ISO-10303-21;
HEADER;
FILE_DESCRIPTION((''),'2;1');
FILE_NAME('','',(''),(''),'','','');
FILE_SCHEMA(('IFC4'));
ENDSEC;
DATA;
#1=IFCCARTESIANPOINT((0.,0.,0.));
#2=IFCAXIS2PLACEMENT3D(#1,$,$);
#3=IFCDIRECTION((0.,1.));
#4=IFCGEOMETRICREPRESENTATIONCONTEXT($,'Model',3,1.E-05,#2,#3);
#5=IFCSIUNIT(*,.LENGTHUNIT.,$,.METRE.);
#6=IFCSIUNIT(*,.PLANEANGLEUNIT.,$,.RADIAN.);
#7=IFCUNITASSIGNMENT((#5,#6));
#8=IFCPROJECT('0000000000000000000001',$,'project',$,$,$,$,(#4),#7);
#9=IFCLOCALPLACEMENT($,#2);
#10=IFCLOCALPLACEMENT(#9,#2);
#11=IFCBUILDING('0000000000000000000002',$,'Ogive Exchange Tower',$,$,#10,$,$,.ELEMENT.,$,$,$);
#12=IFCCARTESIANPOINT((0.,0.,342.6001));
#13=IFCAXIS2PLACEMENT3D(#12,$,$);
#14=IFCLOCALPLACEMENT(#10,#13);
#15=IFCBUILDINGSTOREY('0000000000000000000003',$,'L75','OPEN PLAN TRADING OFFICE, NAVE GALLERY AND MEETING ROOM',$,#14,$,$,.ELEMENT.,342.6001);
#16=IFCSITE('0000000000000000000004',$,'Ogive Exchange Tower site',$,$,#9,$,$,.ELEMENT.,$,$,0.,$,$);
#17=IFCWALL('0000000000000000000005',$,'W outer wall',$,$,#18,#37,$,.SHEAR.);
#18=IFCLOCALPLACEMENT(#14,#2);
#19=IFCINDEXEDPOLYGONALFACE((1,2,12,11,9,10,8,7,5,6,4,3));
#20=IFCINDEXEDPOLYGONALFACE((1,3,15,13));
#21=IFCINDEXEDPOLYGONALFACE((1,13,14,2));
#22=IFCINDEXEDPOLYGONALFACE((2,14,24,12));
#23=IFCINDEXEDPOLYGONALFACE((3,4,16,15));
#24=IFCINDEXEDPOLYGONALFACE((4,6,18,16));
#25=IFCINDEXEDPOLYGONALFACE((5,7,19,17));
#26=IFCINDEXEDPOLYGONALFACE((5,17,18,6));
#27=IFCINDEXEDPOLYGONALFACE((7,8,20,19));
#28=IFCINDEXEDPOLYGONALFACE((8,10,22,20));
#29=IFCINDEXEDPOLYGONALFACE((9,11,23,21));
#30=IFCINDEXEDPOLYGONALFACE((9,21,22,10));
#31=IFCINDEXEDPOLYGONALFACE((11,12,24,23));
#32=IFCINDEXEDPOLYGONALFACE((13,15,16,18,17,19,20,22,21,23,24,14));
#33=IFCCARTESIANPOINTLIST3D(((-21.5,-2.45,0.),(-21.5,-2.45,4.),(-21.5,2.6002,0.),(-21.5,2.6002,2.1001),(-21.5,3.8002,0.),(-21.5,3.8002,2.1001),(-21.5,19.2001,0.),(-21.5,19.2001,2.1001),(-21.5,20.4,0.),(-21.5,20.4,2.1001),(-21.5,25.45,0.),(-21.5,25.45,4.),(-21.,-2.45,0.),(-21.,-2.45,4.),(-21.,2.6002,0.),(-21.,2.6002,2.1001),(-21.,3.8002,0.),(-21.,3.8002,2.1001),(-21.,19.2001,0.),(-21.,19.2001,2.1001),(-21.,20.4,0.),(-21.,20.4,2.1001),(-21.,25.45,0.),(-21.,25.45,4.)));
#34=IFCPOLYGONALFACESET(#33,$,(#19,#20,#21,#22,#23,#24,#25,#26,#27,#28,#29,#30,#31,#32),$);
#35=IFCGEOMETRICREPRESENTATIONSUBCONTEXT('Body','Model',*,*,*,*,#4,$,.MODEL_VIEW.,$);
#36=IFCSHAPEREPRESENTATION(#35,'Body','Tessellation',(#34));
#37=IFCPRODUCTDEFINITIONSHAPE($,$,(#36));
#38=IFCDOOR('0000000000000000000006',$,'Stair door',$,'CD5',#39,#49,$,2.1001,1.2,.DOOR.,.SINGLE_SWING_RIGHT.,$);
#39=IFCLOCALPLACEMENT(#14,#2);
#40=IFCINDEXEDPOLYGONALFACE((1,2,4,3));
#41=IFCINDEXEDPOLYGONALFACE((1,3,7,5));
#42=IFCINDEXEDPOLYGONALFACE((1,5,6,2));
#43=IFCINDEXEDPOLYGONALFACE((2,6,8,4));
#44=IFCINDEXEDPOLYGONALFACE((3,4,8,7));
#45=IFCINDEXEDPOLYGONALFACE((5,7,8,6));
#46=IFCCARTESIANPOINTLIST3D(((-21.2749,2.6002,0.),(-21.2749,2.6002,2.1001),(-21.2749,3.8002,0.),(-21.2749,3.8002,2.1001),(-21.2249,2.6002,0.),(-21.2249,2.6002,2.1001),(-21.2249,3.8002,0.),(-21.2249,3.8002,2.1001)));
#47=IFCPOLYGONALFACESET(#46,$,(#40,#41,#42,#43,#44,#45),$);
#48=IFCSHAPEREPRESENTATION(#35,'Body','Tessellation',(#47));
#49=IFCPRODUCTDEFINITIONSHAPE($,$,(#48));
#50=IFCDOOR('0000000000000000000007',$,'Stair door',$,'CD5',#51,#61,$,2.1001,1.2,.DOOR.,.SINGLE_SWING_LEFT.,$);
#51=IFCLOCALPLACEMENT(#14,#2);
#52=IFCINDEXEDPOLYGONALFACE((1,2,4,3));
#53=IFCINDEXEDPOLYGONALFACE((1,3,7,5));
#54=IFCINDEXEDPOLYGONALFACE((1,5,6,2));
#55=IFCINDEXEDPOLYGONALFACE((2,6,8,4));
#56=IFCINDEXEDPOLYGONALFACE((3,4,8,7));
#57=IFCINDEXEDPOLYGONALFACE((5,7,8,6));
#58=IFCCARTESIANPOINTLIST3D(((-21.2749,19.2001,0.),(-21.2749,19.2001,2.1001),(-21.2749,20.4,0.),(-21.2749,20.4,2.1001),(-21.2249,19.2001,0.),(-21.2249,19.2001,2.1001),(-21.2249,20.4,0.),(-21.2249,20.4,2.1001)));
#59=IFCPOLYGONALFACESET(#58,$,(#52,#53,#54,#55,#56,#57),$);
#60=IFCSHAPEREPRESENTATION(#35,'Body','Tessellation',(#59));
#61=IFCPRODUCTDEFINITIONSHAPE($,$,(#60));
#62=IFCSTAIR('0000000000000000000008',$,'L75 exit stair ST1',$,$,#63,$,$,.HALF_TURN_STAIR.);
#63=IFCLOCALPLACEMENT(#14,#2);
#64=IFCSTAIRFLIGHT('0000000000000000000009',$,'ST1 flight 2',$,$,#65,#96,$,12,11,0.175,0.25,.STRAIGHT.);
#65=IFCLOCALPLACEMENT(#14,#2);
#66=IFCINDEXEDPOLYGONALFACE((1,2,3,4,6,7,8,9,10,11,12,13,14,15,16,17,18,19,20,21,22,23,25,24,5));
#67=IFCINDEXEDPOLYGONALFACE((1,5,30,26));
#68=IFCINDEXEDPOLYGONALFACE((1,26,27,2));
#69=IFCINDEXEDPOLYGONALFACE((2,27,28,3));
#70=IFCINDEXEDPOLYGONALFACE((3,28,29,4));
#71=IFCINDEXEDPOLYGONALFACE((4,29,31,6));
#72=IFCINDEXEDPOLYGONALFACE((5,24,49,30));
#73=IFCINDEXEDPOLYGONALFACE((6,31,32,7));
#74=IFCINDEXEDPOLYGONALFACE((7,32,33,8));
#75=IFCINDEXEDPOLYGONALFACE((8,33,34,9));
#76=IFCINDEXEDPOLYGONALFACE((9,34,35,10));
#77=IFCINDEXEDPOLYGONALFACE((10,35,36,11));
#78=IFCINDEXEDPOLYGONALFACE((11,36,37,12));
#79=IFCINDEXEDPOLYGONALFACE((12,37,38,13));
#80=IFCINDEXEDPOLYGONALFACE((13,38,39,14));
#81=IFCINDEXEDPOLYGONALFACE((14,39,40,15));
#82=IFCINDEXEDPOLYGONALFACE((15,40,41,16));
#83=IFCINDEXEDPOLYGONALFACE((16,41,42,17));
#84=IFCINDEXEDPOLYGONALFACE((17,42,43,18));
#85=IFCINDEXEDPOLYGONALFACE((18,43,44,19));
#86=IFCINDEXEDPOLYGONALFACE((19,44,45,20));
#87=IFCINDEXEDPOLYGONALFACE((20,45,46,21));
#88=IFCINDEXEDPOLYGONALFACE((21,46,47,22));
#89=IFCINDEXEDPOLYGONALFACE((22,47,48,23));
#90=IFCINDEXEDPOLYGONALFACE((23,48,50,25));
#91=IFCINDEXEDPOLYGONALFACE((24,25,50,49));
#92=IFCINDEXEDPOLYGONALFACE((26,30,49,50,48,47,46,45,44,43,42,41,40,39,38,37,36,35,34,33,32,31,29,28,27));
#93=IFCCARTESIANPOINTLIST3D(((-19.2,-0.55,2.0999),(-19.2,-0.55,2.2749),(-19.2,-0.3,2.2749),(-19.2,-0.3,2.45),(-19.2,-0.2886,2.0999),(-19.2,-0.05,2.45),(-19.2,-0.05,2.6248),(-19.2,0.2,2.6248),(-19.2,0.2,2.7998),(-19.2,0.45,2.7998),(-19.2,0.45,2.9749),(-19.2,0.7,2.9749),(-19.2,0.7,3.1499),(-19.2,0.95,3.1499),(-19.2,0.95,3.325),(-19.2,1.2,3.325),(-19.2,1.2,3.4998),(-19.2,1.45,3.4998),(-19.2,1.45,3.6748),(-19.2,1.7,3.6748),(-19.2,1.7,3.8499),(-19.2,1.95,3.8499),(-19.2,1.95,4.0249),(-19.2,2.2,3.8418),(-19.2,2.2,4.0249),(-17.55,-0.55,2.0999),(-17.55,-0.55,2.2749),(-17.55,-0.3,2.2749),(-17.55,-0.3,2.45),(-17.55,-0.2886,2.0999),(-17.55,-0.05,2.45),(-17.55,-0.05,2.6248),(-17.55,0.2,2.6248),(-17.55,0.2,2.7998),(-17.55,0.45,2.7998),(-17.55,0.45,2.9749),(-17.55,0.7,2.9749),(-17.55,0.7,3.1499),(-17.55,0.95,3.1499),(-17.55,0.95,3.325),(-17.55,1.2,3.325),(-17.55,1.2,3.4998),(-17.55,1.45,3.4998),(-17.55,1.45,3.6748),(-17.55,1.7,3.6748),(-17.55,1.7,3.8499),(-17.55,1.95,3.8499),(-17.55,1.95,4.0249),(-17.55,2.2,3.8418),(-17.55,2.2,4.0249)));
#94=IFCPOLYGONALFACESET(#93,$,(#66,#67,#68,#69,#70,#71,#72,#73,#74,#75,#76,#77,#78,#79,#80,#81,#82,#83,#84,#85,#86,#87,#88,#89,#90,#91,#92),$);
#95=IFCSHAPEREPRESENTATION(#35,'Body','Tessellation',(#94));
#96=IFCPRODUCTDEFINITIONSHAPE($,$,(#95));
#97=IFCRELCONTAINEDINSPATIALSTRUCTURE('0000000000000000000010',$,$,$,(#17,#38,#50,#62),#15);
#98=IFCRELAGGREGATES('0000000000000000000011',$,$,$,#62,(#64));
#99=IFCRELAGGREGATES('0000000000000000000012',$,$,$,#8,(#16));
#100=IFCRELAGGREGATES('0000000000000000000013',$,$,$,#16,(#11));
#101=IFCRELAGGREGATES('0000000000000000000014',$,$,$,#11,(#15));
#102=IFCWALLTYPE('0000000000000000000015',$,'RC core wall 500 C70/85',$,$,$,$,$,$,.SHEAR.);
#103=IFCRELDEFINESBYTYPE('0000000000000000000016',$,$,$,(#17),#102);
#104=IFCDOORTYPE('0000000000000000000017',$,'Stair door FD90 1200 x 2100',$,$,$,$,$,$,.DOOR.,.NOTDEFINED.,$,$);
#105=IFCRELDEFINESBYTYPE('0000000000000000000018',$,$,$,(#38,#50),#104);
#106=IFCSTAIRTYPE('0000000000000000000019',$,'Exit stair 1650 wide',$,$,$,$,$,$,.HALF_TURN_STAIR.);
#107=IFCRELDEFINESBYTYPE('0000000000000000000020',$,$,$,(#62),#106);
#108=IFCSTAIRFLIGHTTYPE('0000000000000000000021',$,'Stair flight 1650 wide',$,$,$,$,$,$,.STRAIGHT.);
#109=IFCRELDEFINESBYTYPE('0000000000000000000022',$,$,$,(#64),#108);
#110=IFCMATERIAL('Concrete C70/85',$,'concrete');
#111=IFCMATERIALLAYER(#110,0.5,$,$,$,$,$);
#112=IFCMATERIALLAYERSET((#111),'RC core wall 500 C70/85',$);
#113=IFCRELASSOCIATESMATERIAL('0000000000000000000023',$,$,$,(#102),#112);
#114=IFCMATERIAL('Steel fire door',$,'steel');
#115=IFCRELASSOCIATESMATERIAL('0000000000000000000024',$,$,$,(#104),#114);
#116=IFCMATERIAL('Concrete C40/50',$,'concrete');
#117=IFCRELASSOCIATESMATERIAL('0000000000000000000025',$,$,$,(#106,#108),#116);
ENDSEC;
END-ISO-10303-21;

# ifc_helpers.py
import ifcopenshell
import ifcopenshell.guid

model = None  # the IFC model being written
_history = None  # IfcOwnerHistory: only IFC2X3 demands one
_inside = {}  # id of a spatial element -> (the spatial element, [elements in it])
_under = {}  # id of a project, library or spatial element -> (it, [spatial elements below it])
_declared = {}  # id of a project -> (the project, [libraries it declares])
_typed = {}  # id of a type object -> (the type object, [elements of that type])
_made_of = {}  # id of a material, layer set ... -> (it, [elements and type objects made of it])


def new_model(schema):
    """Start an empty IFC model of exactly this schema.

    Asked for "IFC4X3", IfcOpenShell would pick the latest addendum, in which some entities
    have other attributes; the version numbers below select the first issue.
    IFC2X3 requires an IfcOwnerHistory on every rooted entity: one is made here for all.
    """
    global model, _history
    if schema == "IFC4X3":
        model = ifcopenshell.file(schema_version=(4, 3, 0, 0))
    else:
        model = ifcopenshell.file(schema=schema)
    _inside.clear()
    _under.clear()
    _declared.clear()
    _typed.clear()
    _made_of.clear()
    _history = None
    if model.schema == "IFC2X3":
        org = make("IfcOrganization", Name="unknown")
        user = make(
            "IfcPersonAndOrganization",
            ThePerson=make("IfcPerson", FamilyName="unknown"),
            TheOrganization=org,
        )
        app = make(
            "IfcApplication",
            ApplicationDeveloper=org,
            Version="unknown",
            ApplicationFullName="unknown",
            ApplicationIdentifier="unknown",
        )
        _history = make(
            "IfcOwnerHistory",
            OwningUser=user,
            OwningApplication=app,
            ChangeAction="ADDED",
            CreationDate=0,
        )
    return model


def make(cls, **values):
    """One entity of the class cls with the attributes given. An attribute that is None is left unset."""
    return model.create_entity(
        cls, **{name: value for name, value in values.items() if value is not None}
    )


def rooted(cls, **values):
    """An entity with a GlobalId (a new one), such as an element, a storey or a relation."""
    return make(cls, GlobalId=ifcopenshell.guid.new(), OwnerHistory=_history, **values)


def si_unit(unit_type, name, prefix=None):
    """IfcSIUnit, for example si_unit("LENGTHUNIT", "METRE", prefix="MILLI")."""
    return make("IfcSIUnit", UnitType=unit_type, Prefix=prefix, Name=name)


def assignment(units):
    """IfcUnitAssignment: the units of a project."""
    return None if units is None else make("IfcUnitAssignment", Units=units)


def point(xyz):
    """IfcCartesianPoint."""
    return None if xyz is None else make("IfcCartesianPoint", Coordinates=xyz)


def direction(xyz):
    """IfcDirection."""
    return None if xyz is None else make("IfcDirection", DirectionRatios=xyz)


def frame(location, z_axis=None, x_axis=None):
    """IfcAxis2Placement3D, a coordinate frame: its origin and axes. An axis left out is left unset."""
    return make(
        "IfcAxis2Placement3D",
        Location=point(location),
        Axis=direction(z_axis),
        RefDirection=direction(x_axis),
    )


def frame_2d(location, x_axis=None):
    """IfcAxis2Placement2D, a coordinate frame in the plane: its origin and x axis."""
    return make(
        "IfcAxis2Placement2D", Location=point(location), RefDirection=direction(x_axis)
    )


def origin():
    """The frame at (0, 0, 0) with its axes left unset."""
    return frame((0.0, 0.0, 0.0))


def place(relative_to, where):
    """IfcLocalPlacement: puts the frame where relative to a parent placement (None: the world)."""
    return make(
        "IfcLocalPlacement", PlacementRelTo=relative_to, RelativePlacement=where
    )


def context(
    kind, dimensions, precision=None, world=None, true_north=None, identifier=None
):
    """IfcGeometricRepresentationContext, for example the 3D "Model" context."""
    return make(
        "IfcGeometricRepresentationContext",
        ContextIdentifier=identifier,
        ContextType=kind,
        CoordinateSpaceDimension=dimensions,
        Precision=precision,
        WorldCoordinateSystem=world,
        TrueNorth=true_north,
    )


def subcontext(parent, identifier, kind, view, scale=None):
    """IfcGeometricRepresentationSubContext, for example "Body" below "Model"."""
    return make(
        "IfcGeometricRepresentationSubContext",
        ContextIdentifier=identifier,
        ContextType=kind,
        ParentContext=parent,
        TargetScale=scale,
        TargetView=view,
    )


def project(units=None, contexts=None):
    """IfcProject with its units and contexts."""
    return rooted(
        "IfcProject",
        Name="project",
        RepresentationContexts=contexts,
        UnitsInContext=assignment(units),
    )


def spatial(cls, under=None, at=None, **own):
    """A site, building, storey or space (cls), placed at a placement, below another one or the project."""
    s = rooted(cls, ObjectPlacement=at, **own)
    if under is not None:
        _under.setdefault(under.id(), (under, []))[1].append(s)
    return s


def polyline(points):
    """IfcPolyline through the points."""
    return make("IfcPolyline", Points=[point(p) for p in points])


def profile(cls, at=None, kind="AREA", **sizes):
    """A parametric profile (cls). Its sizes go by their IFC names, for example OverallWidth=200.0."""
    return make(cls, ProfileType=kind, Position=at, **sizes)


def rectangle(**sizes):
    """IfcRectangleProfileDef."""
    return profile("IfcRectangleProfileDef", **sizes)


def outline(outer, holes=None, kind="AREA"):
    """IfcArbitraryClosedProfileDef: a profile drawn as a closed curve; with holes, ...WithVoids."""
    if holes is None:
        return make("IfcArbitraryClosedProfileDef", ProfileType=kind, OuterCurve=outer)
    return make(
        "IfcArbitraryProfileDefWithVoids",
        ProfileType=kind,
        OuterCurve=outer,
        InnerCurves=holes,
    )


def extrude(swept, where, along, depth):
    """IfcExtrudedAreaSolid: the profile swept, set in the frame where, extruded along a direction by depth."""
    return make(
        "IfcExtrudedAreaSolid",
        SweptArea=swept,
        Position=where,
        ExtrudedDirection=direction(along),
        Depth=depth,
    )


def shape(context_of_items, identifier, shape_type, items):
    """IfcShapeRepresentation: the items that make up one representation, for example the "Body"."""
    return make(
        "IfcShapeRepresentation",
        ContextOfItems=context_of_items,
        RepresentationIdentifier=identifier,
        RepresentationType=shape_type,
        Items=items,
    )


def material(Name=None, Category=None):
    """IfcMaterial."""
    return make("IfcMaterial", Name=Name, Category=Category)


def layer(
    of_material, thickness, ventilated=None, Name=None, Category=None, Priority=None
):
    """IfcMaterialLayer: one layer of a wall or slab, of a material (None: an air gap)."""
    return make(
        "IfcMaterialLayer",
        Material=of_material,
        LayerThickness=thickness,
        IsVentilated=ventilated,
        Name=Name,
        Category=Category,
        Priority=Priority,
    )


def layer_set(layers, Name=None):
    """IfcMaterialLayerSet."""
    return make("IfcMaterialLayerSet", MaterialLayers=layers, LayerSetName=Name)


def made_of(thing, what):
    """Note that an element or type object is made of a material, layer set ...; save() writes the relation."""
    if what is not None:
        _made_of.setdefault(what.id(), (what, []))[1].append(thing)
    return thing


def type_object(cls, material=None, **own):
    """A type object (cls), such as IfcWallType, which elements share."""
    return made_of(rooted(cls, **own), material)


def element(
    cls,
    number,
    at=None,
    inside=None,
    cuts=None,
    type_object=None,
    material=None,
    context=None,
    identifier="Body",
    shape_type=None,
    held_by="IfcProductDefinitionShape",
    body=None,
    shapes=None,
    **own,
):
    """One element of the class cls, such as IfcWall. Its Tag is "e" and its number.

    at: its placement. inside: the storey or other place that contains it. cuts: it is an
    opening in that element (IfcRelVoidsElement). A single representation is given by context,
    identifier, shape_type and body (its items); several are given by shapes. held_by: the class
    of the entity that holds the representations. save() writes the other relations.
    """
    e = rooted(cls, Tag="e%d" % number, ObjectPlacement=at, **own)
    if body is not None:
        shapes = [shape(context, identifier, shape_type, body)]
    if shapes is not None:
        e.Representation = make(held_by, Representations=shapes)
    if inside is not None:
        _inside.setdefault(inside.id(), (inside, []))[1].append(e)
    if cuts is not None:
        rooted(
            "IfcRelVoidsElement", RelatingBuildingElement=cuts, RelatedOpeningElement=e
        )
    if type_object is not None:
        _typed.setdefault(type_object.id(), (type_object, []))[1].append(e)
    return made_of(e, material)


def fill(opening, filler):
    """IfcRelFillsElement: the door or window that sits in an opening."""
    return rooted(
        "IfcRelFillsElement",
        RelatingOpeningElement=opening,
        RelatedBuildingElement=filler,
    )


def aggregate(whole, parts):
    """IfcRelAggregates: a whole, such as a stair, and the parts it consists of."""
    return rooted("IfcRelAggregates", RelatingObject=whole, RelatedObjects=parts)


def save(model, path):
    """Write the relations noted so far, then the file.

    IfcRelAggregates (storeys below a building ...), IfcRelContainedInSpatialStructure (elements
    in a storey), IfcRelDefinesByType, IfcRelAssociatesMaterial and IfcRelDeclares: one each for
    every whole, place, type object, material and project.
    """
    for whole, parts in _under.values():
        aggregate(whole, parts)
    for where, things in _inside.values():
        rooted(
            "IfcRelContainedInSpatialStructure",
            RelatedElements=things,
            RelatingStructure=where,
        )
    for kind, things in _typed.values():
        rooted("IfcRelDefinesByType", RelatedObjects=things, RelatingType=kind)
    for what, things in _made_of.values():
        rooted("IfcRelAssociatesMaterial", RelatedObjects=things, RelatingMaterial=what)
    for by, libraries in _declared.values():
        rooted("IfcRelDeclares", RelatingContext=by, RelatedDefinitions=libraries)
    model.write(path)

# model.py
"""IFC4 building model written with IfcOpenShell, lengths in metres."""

from ifc_helpers import new_model, si_unit, direction, frame, frame_2d, origin, place, context, subcontext, project, spatial, polyline, rectangle, outline, extrude, material, layer, layer_set, type_object, element, fill, aggregate, save


model = new_model("IFC4")

# Units and contexts
model_context = context("Model", 3, precision=1e-05, world=origin(), true_north=direction((0.0, 1.0)))
body_context = subcontext(model_context, "Body", "Model", "MODEL_VIEW")
ifc_project = project(units=[si_unit("LENGTHUNIT", "METRE"), si_unit("PLANEANGLEUNIT", "RADIAN")], contexts=[model_context])

# Site, building, storey
site_placement = place(None, origin())
site = spatial("IfcSite", under=ifc_project, at=site_placement, Name="Ogive Exchange Tower site", CompositionType="ELEMENT", RefElevation=0.0)
building_placement = place(site_placement, origin())
building = spatial("IfcBuilding", under=site, at=building_placement, Name="Ogive Exchange Tower", CompositionType="ELEMENT")
storey_placement = place(building_placement, frame((0.0, 0.0, 342.6001)))
storey = spatial("IfcBuildingStorey", under=building, at=storey_placement, Name="L75", Description="OPEN PLAN TRADING OFFICE, NAVE GALLERY AND MEETING ROOM", CompositionType="ELEMENT", Elevation=342.6001)

# Shared definitions
ifc_material_1 = material(Name="Concrete C70/85", Category="concrete")

# Wall, openings, doors
ifc_layer_1 = layer(ifc_material_1, 0.5)
ifc_layer_set_1 = layer_set([ifc_layer_1], Name="RC core wall 500 C70/85")
wall_type_1 = type_object("IfcWallType", Name="RC core wall 500 C70/85", PredefinedType="SHEAR", material=ifc_layer_set_1)
wall_1_placement = place(storey_placement, frame((-21.25, -2.45, 0.0), z_axis=(0.0, 0.0, 1.0), x_axis=(0.0, 1.0, 0.0)))
wall_1 = element("IfcWall", 1, at=wall_1_placement, inside=storey, type_object=wall_type_1, Name="W outer wall", PredefinedType="SHEAR", context=body_context, shape_type="SweptSolid", body=[
    extrude(rectangle(XDim=27.8999, YDim=0.5, at=frame_2d((13.95, 0.0))), origin(), (0.0, 0.0, 1.0), 4.0),
])
opening_1_placement = place(wall_1_placement, frame((5.05, 0.0, 0.0)))
opening_1 = element("IfcOpeningElement", 2, at=opening_1_placement, cuts=wall_1, PredefinedType="OPENING", context=body_context, shape_type="SweptSolid", body=[
    extrude(rectangle(XDim=1.2, YDim=2.1001, at=frame_2d((0.6001, 1.05))), frame((0.0, 0.26, 0.0), z_axis=(0.0, -1.0, 0.0), x_axis=(1.0, 0.0, 0.0)), (0.0, 0.0, 1.0), 0.52),
])
opening_2_placement = place(wall_1_placement, frame((21.6499, 0.0, 0.0)))
opening_2 = element("IfcOpeningElement", 3, at=opening_2_placement, cuts=wall_1, PredefinedType="OPENING", context=body_context, shape_type="SweptSolid", body=[
    extrude(rectangle(XDim=1.2, YDim=2.1001, at=frame_2d((0.6001, 1.05))), frame((0.0, 0.26, 0.0), z_axis=(0.0, -1.0, 0.0), x_axis=(1.0, 0.0, 0.0)), (0.0, 0.0, 1.0), 0.52),
])
ifc_material_2 = material(Name="Steel fire door", Category="steel")
door_type_1 = type_object("IfcDoorType", Name="Stair door FD90 1200 x 2100", OperationType="NOTDEFINED", PredefinedType="DOOR", material=ifc_material_2)
door_1_placement = place(opening_1_placement, origin())
door_1 = element("IfcDoor", 4, at=door_1_placement, inside=storey, type_object=door_type_1, Name="Stair door", ObjectType="CD5", OperationType="SINGLE_SWING_RIGHT", OverallHeight=2.1001, OverallWidth=1.2, PredefinedType="DOOR", context=body_context, shape_type="SweptSolid", body=[
    extrude(rectangle(XDim=1.2, YDim=2.1001, at=frame_2d((0.6001, 1.05))), frame((0.0, 0.0249, 0.0), z_axis=(0.0, -1.0, 0.0), x_axis=(1.0, 0.0, 0.0)), (0.0, 0.0, 1.0), 0.05),
])
fill(opening_1, door_1)
door_2_placement = place(opening_2_placement, origin())
door_2 = element("IfcDoor", 5, at=door_2_placement, inside=storey, type_object=door_type_1, Name="Stair door", ObjectType="CD5", OperationType="SINGLE_SWING_LEFT", OverallHeight=2.1001, OverallWidth=1.2, PredefinedType="DOOR", context=body_context, shape_type="SweptSolid", body=[
    extrude(rectangle(XDim=1.2, YDim=2.1001, at=frame_2d((0.6001, 1.05))), frame((0.0, 0.0249, 0.0), z_axis=(0.0, -1.0, 0.0), x_axis=(1.0, 0.0, 0.0)), (0.0, 0.0, 1.0), 0.05),
])
fill(opening_2, door_2)

# Stair, stair flight
ifc_material_3 = material(Name="Concrete C40/50", Category="concrete")
stair_type = type_object("IfcStairType", Name="Exit stair 1650 wide", PredefinedType="HALF_TURN_STAIR", material=ifc_material_3)
stair_placement = place(storey_placement, origin())
stair = element("IfcStair", 6, at=stair_placement, inside=storey, type_object=stair_type, Name="L75 exit stair ST1", PredefinedType="HALF_TURN_STAIR")
stair_flight_type = type_object("IfcStairFlightType", Name="Stair flight 1650 wide", PredefinedType="STRAIGHT", material=ifc_material_3)
stair_flight_placement = place(storey_placement, frame((-18.375, -0.55, 2.0999), z_axis=(0.0, 0.0, 1.0), x_axis=(0.0, 1.0, 0.0)))
stair_flight = element("IfcStairFlight", 7, at=stair_flight_placement, type_object=stair_flight_type, Name="ST1 flight 2", NumberOfRisers=12, NumberOfTreads=11, PredefinedType="STRAIGHT", RiserHeight=0.175, TreadLength=0.25, context=body_context, shape_type="SweptSolid", body=[
    extrude(outline(polyline([(0.0, 0.0), (0.0, 0.175), (0.25, 0.175), (0.25, 0.3501), (0.5, 0.3501), (0.5, 0.5249), (0.75, 0.5249), (0.75, 0.7), (1.0, 0.7), (1.0, 0.875), (1.25, 0.875), (1.25, 1.05), (1.5, 1.05), (1.5, 1.2251), (1.75, 1.2251), (1.75, 1.3999), (2.0, 1.3999), (2.0, 1.575), (2.25, 1.575), (2.25, 1.75), (2.5, 1.75), (2.5, 1.925), (2.75, 1.925), (2.75, 2.1001), (2.75, 1.7419), (0.2615, 0.0), (0.0, 0.0)])), frame((0.0, 0.825, 0.0), z_axis=(0.0, -1.0, 0.0), x_axis=(1.0, 0.0, 0.0)), (0.0, 0.0, 1.0), 1.6499),
])
aggregate(stair, [stair_flight])

save(model, "model.ifc")
